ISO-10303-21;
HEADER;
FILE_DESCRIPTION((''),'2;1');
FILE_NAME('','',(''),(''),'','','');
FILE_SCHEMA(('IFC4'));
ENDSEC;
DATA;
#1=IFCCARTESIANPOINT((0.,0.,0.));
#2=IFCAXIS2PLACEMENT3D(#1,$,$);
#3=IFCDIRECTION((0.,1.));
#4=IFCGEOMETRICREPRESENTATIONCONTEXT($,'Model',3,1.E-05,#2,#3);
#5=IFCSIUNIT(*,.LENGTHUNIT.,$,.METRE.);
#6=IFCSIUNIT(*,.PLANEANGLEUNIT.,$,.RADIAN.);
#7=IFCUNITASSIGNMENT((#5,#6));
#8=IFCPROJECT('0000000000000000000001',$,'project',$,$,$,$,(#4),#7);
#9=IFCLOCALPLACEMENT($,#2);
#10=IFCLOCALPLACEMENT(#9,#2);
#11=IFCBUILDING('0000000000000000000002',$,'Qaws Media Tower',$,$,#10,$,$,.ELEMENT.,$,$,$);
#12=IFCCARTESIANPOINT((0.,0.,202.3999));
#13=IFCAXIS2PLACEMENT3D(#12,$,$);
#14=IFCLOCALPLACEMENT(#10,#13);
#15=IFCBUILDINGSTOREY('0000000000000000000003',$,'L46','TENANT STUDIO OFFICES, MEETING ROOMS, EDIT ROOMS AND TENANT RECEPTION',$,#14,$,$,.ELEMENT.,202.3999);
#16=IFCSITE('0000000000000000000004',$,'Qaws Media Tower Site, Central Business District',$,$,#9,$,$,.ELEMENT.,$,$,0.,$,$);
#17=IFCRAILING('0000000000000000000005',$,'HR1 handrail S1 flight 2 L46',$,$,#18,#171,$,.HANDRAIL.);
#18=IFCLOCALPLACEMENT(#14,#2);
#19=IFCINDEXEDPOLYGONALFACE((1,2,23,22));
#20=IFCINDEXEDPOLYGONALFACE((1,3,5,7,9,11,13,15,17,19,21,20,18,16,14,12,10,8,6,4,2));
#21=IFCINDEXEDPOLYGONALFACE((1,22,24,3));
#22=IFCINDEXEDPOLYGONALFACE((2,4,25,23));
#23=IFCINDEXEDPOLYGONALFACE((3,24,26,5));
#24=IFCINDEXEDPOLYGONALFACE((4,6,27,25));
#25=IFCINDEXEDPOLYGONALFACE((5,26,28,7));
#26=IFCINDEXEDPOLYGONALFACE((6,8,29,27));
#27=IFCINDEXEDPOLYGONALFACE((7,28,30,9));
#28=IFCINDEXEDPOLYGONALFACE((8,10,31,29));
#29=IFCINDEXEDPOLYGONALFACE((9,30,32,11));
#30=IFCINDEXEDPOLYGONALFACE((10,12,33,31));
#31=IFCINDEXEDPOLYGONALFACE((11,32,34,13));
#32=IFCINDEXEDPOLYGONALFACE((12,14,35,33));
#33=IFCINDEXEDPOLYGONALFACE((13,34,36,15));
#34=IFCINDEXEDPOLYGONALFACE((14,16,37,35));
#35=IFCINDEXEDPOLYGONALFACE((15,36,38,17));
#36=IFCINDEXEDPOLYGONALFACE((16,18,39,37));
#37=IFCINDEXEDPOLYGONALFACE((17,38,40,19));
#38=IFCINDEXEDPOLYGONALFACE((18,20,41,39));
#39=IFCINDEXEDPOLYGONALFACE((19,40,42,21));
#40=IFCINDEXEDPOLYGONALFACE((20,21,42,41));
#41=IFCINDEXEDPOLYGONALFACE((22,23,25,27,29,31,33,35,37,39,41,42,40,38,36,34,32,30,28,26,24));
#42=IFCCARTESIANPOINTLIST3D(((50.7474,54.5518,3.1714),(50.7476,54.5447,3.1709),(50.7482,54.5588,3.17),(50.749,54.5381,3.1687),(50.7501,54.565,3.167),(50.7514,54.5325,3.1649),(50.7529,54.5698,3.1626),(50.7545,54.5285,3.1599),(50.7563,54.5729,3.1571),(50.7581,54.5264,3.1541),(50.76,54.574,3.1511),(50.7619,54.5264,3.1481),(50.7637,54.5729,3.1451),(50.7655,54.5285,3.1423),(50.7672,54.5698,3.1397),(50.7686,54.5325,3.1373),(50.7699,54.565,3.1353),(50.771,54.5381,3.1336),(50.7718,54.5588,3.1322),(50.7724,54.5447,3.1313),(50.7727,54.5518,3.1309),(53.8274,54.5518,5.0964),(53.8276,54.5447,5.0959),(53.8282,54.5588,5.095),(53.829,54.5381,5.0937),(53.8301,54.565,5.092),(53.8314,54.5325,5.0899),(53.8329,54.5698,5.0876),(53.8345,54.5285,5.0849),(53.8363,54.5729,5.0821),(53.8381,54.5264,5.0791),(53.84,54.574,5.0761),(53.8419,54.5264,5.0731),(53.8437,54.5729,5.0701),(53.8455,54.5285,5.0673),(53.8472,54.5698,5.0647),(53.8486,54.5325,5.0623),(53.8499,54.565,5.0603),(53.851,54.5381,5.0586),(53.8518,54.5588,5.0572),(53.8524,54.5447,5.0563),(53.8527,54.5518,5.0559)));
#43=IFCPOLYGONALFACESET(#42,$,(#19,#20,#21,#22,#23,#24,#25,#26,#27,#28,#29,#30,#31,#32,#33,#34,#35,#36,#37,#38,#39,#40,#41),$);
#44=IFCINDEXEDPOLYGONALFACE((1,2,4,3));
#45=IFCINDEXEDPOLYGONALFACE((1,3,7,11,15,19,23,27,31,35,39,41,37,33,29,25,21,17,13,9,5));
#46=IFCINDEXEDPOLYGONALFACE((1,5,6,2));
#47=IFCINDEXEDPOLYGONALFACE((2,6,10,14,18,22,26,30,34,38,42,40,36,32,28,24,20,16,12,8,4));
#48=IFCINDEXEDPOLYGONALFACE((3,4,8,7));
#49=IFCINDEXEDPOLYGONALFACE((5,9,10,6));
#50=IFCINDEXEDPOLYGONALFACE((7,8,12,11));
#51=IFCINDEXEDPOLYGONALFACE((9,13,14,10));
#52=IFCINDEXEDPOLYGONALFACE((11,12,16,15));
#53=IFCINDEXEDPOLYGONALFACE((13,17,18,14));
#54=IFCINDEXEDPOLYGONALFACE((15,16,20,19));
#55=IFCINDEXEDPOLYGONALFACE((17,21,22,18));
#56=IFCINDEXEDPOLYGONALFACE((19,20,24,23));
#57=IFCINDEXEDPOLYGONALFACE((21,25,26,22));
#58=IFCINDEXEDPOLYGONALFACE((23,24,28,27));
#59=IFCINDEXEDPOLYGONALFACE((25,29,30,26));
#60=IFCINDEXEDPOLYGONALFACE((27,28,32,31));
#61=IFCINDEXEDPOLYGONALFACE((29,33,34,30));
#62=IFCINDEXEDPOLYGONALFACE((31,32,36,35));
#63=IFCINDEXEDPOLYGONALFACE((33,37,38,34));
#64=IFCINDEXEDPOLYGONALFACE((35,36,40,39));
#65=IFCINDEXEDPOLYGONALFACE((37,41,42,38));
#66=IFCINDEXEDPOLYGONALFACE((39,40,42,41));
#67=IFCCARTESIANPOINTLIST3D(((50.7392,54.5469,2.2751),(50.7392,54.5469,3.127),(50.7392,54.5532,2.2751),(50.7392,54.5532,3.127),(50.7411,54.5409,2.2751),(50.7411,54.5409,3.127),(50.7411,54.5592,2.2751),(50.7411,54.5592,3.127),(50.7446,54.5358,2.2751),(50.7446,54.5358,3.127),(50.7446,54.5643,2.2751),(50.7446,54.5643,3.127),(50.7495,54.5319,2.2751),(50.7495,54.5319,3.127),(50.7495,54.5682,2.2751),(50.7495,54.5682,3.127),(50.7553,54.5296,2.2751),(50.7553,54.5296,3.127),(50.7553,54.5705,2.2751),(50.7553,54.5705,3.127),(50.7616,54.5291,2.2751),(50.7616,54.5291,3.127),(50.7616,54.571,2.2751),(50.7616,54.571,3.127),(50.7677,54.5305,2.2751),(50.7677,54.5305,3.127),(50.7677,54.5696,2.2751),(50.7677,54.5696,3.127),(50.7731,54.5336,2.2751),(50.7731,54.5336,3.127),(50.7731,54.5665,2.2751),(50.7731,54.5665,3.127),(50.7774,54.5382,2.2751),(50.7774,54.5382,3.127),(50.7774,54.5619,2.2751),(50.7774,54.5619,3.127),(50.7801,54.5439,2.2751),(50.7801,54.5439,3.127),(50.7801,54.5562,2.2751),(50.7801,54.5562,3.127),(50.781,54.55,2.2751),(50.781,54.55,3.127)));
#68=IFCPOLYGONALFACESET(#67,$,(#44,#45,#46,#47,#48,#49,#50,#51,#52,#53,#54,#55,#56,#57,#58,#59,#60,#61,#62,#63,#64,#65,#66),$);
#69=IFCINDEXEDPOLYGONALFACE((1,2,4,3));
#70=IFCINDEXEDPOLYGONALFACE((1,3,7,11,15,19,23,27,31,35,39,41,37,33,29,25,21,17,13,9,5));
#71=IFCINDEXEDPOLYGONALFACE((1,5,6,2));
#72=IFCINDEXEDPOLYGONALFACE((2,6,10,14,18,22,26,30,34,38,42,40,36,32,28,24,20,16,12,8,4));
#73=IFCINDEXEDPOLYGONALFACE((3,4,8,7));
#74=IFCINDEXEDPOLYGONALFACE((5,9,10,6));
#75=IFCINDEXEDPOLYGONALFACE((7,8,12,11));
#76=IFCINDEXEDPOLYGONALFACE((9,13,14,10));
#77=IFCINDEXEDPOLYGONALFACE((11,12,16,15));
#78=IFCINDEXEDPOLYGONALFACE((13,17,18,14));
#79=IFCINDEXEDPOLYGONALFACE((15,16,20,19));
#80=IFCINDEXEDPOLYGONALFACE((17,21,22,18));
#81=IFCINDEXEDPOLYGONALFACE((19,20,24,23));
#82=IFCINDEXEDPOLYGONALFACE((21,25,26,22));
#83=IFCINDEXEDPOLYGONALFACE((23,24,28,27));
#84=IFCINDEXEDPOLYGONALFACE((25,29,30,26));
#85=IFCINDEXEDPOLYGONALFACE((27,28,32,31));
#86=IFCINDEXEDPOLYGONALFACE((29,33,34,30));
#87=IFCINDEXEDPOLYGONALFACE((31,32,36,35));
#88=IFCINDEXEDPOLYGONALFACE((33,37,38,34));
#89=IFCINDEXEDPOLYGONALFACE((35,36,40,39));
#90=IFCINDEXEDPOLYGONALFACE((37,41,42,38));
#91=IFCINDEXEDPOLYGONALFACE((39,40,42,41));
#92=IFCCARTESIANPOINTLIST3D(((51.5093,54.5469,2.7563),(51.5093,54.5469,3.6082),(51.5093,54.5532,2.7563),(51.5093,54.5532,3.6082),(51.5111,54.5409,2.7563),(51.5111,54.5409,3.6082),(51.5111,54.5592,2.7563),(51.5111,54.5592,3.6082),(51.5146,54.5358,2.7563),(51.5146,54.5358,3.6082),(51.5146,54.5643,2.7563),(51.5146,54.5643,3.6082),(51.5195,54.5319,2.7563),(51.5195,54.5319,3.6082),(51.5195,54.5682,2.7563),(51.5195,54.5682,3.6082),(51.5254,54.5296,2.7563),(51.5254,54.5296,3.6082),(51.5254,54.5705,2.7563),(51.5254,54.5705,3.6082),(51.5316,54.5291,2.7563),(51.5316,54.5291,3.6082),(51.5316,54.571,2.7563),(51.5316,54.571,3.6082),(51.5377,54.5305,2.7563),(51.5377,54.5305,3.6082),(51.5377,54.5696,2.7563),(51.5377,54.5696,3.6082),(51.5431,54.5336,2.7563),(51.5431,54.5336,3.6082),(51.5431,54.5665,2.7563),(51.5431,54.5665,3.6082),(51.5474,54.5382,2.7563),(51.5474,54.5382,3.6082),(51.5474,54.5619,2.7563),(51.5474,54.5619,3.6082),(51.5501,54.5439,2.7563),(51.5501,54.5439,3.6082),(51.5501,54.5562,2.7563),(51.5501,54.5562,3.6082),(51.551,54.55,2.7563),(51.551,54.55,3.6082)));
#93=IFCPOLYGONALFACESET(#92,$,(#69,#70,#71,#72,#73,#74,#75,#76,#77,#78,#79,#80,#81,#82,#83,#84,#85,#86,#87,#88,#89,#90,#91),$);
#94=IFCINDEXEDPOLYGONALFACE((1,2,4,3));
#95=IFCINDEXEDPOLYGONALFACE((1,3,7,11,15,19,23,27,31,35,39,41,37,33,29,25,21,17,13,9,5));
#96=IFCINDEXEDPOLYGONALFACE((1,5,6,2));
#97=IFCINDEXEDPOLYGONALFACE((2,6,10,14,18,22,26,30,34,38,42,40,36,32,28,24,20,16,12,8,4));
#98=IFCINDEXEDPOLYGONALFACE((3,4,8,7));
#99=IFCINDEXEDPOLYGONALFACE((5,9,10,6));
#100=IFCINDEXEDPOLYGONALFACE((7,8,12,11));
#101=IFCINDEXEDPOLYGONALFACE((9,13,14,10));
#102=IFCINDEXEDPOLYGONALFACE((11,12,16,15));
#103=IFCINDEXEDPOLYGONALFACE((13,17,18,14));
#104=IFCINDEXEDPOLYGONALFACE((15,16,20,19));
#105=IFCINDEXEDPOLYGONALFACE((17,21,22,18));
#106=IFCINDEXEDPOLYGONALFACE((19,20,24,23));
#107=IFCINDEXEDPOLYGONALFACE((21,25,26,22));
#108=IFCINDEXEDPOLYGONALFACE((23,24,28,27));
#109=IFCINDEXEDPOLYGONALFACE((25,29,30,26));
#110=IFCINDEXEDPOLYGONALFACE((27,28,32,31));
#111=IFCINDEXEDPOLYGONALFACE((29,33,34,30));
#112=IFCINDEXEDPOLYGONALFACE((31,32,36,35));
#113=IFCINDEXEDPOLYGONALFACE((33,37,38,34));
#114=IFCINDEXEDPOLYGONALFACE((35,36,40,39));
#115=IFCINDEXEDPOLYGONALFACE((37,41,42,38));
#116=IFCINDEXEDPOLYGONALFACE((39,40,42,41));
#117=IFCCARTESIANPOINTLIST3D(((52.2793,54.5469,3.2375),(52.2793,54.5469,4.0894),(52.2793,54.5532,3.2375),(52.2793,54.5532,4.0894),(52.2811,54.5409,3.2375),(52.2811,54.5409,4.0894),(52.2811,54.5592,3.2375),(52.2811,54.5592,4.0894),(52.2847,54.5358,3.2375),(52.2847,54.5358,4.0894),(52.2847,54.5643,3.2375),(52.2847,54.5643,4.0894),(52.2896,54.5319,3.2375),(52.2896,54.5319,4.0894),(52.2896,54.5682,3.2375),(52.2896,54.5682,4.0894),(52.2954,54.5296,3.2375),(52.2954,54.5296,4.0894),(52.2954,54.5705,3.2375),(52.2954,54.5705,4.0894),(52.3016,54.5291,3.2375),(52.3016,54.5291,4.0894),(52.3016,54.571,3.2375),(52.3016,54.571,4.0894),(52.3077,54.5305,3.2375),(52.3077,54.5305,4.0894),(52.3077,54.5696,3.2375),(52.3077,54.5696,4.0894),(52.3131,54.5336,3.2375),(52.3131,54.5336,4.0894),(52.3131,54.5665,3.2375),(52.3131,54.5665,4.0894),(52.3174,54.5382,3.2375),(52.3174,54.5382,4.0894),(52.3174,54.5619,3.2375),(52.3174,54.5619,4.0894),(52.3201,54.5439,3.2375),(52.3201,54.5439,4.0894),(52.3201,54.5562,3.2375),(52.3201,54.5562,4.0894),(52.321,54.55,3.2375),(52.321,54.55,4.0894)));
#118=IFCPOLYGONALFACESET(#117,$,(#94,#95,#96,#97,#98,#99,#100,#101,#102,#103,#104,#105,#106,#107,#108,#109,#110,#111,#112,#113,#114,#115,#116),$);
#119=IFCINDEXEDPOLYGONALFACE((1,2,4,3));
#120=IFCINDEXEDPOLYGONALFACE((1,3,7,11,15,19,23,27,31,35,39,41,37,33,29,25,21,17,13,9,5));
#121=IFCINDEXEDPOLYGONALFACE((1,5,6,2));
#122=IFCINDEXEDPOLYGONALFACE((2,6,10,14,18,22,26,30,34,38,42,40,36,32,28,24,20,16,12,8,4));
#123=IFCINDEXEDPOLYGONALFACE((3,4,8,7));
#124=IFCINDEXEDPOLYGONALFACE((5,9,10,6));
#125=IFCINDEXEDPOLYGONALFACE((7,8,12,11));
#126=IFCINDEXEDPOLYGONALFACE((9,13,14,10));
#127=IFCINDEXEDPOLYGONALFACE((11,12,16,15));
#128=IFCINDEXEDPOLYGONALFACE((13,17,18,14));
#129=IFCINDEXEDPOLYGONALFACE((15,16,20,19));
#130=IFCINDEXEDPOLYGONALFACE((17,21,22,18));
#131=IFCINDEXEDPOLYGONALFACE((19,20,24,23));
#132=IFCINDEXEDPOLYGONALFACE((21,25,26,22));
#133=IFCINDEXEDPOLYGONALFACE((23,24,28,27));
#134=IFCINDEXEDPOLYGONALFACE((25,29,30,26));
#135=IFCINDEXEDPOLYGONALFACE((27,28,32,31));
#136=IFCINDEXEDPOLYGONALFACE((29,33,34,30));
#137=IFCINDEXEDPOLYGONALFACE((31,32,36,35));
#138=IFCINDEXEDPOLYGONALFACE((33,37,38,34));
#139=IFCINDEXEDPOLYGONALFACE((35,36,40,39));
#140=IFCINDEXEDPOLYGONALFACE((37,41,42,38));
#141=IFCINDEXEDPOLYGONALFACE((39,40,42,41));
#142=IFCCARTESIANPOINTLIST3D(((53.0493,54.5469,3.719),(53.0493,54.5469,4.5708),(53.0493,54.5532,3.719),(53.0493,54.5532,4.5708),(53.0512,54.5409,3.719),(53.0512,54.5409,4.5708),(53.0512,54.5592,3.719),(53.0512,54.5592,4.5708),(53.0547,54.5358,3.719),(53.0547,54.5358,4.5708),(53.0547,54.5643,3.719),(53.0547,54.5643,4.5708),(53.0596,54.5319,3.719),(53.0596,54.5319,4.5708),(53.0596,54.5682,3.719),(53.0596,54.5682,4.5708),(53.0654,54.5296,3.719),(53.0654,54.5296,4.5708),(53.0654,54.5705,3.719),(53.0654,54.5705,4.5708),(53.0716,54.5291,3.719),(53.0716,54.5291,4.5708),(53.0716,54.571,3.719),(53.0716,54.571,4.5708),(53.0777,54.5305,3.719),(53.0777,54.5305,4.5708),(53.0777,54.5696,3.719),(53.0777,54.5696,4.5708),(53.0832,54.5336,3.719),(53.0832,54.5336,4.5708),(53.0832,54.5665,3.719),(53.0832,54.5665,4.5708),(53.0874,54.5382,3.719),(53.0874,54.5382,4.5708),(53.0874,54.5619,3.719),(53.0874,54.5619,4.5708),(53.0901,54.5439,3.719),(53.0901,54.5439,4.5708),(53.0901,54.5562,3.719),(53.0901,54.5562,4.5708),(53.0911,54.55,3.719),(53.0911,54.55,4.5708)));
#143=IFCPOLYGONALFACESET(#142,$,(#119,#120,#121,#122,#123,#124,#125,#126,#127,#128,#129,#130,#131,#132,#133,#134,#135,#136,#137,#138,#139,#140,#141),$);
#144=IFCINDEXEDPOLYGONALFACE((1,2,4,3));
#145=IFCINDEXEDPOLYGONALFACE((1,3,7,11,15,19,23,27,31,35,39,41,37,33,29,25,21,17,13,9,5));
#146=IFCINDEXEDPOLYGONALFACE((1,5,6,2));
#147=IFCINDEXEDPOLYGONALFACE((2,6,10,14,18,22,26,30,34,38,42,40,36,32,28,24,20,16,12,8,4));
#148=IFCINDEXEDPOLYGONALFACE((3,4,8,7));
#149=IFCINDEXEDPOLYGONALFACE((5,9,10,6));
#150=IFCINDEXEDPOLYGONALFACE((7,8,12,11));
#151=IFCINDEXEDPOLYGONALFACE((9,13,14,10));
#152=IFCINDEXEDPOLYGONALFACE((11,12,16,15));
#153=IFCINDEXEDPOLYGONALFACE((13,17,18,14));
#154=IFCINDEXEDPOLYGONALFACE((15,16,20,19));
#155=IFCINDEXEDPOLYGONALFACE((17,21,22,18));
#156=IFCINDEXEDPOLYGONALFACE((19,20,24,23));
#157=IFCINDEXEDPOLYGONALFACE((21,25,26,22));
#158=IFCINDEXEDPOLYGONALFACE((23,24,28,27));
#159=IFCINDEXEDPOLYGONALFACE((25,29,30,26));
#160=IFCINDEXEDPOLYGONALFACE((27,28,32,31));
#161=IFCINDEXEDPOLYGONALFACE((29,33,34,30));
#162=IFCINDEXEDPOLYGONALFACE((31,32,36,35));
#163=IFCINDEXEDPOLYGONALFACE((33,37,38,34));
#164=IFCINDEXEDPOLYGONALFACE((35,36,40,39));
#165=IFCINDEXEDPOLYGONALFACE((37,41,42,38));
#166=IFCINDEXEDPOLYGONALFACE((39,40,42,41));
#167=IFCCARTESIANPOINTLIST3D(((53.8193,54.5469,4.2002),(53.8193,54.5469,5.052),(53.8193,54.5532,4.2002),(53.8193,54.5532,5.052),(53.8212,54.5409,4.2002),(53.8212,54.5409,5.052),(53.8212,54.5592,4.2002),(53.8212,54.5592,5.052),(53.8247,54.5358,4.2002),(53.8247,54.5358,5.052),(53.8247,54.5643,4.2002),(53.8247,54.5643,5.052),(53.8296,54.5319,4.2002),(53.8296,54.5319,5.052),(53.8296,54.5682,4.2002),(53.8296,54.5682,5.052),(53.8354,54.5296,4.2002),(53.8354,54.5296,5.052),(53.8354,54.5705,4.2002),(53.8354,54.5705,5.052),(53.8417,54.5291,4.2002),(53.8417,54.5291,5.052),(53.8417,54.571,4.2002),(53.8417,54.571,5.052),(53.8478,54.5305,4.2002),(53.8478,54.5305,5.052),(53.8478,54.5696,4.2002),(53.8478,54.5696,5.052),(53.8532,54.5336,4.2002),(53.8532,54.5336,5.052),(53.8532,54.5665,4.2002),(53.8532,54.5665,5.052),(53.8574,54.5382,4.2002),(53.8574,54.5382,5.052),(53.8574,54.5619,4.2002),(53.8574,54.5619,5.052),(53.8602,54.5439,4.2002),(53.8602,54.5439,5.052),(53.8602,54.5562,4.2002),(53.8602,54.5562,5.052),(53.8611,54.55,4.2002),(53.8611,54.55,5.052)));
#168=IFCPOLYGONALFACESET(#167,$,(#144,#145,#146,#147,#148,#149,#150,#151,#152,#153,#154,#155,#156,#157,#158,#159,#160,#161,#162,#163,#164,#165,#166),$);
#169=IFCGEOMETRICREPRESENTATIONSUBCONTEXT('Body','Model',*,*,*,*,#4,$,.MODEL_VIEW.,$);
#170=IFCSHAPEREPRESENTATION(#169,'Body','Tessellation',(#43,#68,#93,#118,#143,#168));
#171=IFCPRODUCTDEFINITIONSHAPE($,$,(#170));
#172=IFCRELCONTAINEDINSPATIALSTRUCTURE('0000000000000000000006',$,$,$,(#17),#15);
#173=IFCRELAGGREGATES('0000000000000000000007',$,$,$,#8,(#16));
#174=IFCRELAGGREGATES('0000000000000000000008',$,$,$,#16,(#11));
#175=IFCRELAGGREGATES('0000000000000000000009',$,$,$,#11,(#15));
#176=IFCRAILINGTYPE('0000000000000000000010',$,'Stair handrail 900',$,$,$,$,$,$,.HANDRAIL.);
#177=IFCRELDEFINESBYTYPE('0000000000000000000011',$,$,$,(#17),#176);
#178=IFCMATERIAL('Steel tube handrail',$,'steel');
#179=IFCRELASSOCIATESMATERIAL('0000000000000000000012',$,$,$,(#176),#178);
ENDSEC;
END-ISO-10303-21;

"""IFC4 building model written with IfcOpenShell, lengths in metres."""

from ifc_helpers import new_model, si_unit, direction, frame, origin, origin_2d, place, context, subcontext, project, spatial, circle, extrude, material, type_object, element, save


model = new_model("IFC4")

# Units and contexts
model_context = context("Model", 3, precision=1e-05, world=origin(), true_north=direction((0.0, 1.0)))
body_context = subcontext(model_context, "Body", "Model", "MODEL_VIEW")
ifc_project = project(units=[si_unit("LENGTHUNIT", "METRE"), si_unit("PLANEANGLEUNIT", "RADIAN")], contexts=[model_context])

# Site, building, storey
site_placement = place(None, origin())
site = spatial("IfcSite", under=ifc_project, at=site_placement, Name="Qaws Media Tower Site, Central Business District", CompositionType="ELEMENT", RefElevation=0.0)
building_placement = place(site_placement, origin())
building = spatial("IfcBuilding", under=site, at=building_placement, Name="Qaws Media Tower", CompositionType="ELEMENT")
storey_placement = place(building_placement, frame((0.0, 0.0, 202.3999)))
storey = spatial("IfcBuildingStorey", under=building, at=storey_placement, Name="L46", Description="TENANT STUDIO OFFICES, MEETING ROOMS, EDIT ROOMS AND TENANT RECEPTION", CompositionType="ELEMENT", Elevation=202.3999)

# Railing
ifc_material_1 = material(Name="Steel tube handrail", Category="steel")
railing_type = type_object("IfcRailingType", Name="Stair handrail 900", PredefinedType="HANDRAIL", material=ifc_material_1)
for number, where, name in (
    (1, (50.76, 54.55, 2.2751), "HR1 handrail S1 flight 2 L46"),
):
    element("IfcRailing", number, at=place(storey_placement, frame(where)), inside=storey, type_object=railing_type, Name=name, PredefinedType="HANDRAIL", context=body_context, shape_type="SweptSolid", body=[
        extrude(circle(Radius=0.0239, at=origin_2d()), frame((0.0, 0.0, 0.876), z_axis=(0.847998, 0.0, 0.529999), x_axis=(0.0, 1.0, 0.0)), (0.0, 0.0, 1.0), 3.6321),
        extrude(circle(Radius=0.021, at=origin_2d()), origin(), (0.0, 0.0, 1.0), 0.8518),
        extrude(circle(Radius=0.021, at=origin_2d()), frame((0.77, 0.0, 0.4812)), (0.0, 0.0, 1.0), 0.8518),
        extrude(circle(Radius=0.021, at=origin_2d()), frame((1.54, 0.0, 0.9624)), (0.0, 0.0, 1.0), 0.8518),
        extrude(circle(Radius=0.021, at=origin_2d()), frame((2.3101, 0.0, 1.4438)), (0.0, 0.0, 1.0), 0.8518),
        extrude(circle(Radius=0.021, at=origin_2d()), frame((3.0801, 0.0, 1.925)), (0.0, 0.0, 1.0), 0.8518),
    ])

save(model, "model.ifc")
